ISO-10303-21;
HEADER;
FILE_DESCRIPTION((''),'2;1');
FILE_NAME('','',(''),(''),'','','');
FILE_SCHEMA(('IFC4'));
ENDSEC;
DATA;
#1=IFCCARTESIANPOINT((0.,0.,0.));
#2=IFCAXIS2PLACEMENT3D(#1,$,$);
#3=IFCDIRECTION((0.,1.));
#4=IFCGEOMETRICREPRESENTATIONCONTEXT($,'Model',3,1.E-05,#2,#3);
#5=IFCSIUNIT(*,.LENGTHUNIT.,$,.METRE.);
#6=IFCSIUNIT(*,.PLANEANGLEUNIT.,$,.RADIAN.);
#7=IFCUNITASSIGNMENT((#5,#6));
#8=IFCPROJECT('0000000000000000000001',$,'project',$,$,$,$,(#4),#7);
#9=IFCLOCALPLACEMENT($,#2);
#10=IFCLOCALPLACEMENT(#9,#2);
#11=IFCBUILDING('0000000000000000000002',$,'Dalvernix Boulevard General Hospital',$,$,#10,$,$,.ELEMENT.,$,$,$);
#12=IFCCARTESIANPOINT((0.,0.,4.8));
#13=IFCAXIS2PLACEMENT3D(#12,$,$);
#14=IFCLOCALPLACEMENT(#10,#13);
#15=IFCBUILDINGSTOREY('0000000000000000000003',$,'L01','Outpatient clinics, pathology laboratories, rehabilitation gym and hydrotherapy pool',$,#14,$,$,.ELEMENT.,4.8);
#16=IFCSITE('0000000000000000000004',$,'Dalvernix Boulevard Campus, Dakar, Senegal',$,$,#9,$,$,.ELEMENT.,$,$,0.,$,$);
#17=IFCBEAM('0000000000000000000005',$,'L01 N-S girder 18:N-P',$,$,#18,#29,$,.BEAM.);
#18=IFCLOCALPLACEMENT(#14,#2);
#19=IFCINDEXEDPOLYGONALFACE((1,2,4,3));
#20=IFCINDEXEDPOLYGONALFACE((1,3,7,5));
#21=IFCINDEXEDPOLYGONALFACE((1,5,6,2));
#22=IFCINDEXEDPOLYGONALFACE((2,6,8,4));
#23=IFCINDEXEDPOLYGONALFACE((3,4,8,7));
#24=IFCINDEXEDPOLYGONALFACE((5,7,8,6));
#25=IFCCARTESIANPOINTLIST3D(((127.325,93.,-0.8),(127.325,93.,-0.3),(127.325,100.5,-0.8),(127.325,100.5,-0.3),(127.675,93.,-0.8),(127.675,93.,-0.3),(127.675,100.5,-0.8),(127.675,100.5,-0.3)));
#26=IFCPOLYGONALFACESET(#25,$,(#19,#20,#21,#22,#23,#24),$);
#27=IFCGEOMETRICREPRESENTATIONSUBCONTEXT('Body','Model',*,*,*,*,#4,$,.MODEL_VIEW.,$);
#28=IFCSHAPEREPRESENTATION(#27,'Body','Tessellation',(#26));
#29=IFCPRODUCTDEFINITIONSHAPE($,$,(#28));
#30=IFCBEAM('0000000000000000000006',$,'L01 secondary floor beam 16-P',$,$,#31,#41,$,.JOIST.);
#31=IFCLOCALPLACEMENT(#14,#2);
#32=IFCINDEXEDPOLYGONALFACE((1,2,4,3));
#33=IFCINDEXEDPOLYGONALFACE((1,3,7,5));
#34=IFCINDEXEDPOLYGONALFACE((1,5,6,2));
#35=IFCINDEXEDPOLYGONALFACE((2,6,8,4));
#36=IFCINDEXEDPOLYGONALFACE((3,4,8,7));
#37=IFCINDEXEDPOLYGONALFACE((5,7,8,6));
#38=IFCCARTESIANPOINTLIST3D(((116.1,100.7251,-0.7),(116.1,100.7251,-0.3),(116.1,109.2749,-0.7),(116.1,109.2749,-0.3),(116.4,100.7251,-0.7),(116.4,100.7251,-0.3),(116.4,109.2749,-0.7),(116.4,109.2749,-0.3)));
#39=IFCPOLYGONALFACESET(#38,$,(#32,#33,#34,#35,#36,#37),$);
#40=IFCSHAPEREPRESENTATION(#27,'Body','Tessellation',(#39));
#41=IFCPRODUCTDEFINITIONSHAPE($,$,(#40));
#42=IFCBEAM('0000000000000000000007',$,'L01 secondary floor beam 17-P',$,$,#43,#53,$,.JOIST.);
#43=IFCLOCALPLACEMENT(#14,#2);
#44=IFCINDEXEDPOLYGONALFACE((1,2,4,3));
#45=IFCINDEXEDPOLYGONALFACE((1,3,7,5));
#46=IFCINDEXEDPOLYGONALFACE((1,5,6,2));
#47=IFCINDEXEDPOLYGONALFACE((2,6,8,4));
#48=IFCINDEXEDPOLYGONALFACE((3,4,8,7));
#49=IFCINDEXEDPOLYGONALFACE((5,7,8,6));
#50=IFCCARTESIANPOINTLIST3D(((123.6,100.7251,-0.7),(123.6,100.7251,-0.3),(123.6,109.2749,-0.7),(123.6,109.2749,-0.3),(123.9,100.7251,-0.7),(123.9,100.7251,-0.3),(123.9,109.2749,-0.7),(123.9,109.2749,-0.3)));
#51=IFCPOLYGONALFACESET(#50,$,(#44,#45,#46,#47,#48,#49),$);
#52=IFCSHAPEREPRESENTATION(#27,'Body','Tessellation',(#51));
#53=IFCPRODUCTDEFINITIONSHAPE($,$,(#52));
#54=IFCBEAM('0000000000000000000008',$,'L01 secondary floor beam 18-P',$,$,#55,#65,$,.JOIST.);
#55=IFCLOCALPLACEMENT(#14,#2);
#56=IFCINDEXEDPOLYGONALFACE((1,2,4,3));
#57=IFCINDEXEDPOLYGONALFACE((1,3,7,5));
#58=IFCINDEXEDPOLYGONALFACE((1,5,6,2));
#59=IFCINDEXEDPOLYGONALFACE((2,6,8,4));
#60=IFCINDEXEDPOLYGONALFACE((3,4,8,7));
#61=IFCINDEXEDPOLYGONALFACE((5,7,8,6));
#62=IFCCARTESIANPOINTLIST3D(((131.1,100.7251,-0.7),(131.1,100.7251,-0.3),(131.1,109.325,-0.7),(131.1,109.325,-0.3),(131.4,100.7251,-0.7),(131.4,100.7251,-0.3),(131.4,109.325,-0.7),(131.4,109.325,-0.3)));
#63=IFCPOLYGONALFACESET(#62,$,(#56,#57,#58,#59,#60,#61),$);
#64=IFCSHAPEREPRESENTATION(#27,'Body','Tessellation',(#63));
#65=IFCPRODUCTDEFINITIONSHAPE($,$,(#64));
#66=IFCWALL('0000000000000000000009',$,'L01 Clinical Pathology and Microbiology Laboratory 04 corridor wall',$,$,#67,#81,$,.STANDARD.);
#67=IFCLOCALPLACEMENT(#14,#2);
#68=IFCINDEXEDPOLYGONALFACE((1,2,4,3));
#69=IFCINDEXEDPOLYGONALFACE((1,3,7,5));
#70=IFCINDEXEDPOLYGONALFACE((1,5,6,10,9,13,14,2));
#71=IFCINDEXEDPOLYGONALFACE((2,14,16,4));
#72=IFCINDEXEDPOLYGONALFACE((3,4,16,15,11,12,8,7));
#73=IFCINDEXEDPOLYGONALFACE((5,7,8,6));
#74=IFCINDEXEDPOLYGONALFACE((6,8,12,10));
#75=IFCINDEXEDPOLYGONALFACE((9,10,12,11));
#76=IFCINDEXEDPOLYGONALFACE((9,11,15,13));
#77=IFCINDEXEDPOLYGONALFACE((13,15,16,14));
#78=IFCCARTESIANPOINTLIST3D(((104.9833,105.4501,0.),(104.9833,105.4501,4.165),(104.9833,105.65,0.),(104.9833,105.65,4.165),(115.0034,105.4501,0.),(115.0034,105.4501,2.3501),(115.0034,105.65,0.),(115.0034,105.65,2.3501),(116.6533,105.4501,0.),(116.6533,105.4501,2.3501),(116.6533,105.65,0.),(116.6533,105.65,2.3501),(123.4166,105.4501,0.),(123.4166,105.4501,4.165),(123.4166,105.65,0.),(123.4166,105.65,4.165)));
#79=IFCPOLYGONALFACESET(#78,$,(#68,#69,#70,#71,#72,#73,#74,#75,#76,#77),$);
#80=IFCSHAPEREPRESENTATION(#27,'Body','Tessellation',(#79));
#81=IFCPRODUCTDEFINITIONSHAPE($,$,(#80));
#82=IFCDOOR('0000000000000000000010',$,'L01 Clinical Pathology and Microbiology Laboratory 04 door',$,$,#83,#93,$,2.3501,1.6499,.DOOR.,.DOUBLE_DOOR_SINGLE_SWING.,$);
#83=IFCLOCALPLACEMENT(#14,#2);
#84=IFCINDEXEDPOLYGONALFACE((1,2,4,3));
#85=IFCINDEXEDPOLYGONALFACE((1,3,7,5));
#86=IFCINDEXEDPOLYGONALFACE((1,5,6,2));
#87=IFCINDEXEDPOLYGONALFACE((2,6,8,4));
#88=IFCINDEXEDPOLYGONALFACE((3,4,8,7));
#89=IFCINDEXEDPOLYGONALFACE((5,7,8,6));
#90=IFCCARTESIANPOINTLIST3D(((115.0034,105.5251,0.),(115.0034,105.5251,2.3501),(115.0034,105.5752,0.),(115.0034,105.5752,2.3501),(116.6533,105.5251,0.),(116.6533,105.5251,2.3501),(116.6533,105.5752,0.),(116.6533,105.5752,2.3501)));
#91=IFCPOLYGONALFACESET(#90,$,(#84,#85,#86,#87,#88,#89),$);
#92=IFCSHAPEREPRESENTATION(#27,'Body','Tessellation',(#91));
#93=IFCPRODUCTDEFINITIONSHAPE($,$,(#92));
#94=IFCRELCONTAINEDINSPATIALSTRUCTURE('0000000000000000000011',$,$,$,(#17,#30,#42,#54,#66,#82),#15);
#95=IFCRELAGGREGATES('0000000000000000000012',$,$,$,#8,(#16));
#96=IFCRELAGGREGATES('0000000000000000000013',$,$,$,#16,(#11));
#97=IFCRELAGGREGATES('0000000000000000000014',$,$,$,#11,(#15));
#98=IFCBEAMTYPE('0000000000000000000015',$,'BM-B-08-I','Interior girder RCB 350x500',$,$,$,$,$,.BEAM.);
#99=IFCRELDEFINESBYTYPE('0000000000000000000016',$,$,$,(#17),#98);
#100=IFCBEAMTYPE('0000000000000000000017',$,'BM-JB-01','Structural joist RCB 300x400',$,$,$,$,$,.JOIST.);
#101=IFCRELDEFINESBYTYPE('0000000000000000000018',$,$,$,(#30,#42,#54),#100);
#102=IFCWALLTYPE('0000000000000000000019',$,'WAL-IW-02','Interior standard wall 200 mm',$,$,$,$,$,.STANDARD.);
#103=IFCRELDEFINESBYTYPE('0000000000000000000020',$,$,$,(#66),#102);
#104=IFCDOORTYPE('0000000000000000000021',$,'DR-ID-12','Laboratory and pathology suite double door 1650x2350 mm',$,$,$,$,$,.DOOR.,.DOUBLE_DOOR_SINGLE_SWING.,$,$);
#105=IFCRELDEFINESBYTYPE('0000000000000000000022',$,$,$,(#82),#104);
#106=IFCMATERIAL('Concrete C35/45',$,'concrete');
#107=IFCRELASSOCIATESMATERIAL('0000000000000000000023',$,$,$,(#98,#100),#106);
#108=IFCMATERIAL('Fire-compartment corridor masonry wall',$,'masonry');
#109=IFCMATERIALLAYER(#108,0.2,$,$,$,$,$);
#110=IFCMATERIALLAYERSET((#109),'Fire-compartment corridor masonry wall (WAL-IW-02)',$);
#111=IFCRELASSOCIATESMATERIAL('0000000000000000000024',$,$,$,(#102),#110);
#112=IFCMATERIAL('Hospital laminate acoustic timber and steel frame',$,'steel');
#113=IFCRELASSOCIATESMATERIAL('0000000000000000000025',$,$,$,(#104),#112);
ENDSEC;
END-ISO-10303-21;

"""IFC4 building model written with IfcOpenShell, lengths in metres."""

from ifc_helpers import new_model, si_unit, direction, frame, frame_2d, origin, origin_2d, place, context, subcontext, project, spatial, rectangle, extrude, material, layer, layer_set, material_profile, profile_set, type_object, element, fill, save


model = new_model("IFC4")

# Units and contexts
model_context = context("Model", 3, precision=1e-05, world=origin(), true_north=direction((0.0, 1.0)))
body_context = subcontext(model_context, "Body", "Model", "MODEL_VIEW")
ifc_project = project(units=[si_unit("LENGTHUNIT", "METRE"), si_unit("PLANEANGLEUNIT", "RADIAN")], contexts=[model_context])

# Site, building, storey
site_placement = place(None, origin())
site = spatial("IfcSite", under=ifc_project, at=site_placement, Name="Dalvernix Boulevard Campus, Dakar, Senegal", CompositionType="ELEMENT", RefElevation=0.0)
building_placement = place(site_placement, origin())
building = spatial("IfcBuilding", under=site, at=building_placement, Name="Dalvernix Boulevard General Hospital", CompositionType="ELEMENT")
storey_placement = place(building_placement, frame((0.0, 0.0, 4.8)))
storey = spatial("IfcBuildingStorey", under=building, at=storey_placement, Name="L01", Description="Outpatient clinics, pathology laboratories, rehabilitation gym and hydrotherapy pool", CompositionType="ELEMENT", Elevation=4.8)

# Beams
ifc_material_1 = material(Name="Concrete C35/45", Category="concrete")
ifc_material_profile_1 = material_profile(ifc_material_1, rectangle(XDim=0.3501, YDim=0.5, at=origin_2d()), Name="RCB 350x500")
ifc_profile_set_1 = profile_set([ifc_material_profile_1], Name="Concrete C35/45")
beam_type_1 = type_object("IfcBeamType", Name="BM-B-08-I", Description="Interior girder RCB 350x500", PredefinedType="BEAM", material=ifc_profile_set_1)
beam_1_placement = place(storey_placement, frame((127.5, 93.0, -0.55), z_axis=(0.0, 1.0, 0.0), x_axis=(-1.0, 0.0, 0.0)))
element("IfcBeam", 1, at=beam_1_placement, inside=storey, type_object=beam_type_1, Name="L01 N-S girder 18:N-P", PredefinedType="BEAM", context=body_context, shape_type="SweptSolid", body=[
    extrude(rectangle(XDim=0.3501, YDim=0.5, at=origin_2d()), origin(), (0.0, 0.0, 1.0), 7.5),
])
ifc_material_profile_2 = material_profile(ifc_material_1, rectangle(XDim=0.3, YDim=0.3999, at=origin_2d()), Name="RCB 300x400")
ifc_profile_set_2 = profile_set([ifc_material_profile_2], Name="Concrete C35/45")
beam_type_2 = type_object("IfcBeamType", Name="BM-JB-01", Description="Structural joist RCB 300x400", PredefinedType="JOIST", material=ifc_profile_set_2)
for number, where, z_axis, x_axis, name in (
    (2, (116.25, 100.7251, -0.5), (0.0, 1.0, 0.0), (-1.0, 0.0, 0.0), "L01 secondary floor beam 16-P"),
    (3, (123.75, 100.7251, -0.5), (0.0, 1.0, 0.0), (-1.0, 0.0, 0.0), "L01 secondary floor beam 17-P"),
):
    element("IfcBeam", number, at=place(storey_placement, frame(where, z_axis=z_axis, x_axis=x_axis)), inside=storey, type_object=beam_type_2, Name=name, PredefinedType="JOIST", context=body_context, shape_type="SweptSolid", body=[
        extrude(rectangle(XDim=0.3, YDim=0.3999, at=origin_2d()), origin(), (0.0, 0.0, 1.0), 8.5498),
    ])
beam_2_placement = place(storey_placement, frame((131.25, 100.7251, -0.5), z_axis=(0.0, 1.0, 0.0), x_axis=(-1.0, 0.0, 0.0)))
element("IfcBeam", 4, at=beam_2_placement, inside=storey, type_object=beam_type_2, Name="L01 secondary floor beam 18-P", PredefinedType="JOIST", context=body_context, shape_type="SweptSolid", body=[
    extrude(rectangle(XDim=0.3, YDim=0.3999, at=origin_2d()), origin(), (0.0, 0.0, 1.0), 8.5999),
])

# Wall, opening, door
ifc_material_2 = material(Name="Fire-compartment corridor masonry wall", Category="masonry")
ifc_layer = layer(ifc_material_2, 0.2)
ifc_layer_set = layer_set([ifc_layer], Name="Fire-compartment corridor masonry wall (WAL-IW-02)")
wall_type = type_object("IfcWallType", Name="WAL-IW-02", Description="Interior standard wall 200 mm", PredefinedType="STANDARD", material=ifc_layer_set)
wall_placement = place(storey_placement, frame((123.4167, 105.55, 0.0), z_axis=(0.0, 0.0, 1.0), x_axis=(-1.0, 0.0, 0.0)))
wall = element("IfcWall", 5, at=wall_placement, inside=storey, type_object=wall_type, Name="L01 Clinical Pathology and Microbiology Laboratory 04 corridor wall", PredefinedType="STANDARD", context=body_context, shape_type="SweptSolid", body=[
    extrude(rectangle(XDim=18.4333, YDim=0.2, at=frame_2d((9.2168, 0.0))), origin(), (0.0, 0.0, 1.0), 4.165),
])
opening_placement = place(wall_placement, frame((6.7634, 0.0, 0.0)))
opening = element("IfcOpeningElement", 6, at=opening_placement, cuts=wall, PredefinedType="OPENING", context=body_context, shape_type="SweptSolid", body=[
    extrude(rectangle(XDim=1.6499, YDim=2.3501, at=frame_2d((0.825, 1.175))), frame((0.0, 0.1099, 0.0), z_axis=(0.0, -1.0, 0.0), x_axis=(1.0, 0.0, 0.0)), (0.0, 0.0, 1.0), 0.22),
])
ifc_material_3 = material(Name="Hospital laminate acoustic timber and steel frame", Category="steel")
door_type = type_object("IfcDoorType", Name="DR-ID-12", Description="Laboratory and pathology suite double door 1650x2350 mm", OperationType="DOUBLE_DOOR_SINGLE_SWING", PredefinedType="DOOR", material=ifc_material_3)
door_placement = place(opening_placement, origin())
door = element("IfcDoor", 7, at=door_placement, inside=storey, type_object=door_type, Name="L01 Clinical Pathology and Microbiology Laboratory 04 door", OperationType="DOUBLE_DOOR_SINGLE_SWING", OverallHeight=2.3501, OverallWidth=1.6499, PredefinedType="DOOR", context=body_context, shape_type="SweptSolid", body=[
    extrude(rectangle(XDim=1.6499, YDim=2.3501, at=frame_2d((0.825, 1.175))), frame((0.0, 0.0249, 0.0), z_axis=(0.0, -1.0, 0.0), x_axis=(1.0, 0.0, 0.0)), (0.0, 0.0, 1.0), 0.05),
])
fill(opening, door)

save(model, "model.ifc")
